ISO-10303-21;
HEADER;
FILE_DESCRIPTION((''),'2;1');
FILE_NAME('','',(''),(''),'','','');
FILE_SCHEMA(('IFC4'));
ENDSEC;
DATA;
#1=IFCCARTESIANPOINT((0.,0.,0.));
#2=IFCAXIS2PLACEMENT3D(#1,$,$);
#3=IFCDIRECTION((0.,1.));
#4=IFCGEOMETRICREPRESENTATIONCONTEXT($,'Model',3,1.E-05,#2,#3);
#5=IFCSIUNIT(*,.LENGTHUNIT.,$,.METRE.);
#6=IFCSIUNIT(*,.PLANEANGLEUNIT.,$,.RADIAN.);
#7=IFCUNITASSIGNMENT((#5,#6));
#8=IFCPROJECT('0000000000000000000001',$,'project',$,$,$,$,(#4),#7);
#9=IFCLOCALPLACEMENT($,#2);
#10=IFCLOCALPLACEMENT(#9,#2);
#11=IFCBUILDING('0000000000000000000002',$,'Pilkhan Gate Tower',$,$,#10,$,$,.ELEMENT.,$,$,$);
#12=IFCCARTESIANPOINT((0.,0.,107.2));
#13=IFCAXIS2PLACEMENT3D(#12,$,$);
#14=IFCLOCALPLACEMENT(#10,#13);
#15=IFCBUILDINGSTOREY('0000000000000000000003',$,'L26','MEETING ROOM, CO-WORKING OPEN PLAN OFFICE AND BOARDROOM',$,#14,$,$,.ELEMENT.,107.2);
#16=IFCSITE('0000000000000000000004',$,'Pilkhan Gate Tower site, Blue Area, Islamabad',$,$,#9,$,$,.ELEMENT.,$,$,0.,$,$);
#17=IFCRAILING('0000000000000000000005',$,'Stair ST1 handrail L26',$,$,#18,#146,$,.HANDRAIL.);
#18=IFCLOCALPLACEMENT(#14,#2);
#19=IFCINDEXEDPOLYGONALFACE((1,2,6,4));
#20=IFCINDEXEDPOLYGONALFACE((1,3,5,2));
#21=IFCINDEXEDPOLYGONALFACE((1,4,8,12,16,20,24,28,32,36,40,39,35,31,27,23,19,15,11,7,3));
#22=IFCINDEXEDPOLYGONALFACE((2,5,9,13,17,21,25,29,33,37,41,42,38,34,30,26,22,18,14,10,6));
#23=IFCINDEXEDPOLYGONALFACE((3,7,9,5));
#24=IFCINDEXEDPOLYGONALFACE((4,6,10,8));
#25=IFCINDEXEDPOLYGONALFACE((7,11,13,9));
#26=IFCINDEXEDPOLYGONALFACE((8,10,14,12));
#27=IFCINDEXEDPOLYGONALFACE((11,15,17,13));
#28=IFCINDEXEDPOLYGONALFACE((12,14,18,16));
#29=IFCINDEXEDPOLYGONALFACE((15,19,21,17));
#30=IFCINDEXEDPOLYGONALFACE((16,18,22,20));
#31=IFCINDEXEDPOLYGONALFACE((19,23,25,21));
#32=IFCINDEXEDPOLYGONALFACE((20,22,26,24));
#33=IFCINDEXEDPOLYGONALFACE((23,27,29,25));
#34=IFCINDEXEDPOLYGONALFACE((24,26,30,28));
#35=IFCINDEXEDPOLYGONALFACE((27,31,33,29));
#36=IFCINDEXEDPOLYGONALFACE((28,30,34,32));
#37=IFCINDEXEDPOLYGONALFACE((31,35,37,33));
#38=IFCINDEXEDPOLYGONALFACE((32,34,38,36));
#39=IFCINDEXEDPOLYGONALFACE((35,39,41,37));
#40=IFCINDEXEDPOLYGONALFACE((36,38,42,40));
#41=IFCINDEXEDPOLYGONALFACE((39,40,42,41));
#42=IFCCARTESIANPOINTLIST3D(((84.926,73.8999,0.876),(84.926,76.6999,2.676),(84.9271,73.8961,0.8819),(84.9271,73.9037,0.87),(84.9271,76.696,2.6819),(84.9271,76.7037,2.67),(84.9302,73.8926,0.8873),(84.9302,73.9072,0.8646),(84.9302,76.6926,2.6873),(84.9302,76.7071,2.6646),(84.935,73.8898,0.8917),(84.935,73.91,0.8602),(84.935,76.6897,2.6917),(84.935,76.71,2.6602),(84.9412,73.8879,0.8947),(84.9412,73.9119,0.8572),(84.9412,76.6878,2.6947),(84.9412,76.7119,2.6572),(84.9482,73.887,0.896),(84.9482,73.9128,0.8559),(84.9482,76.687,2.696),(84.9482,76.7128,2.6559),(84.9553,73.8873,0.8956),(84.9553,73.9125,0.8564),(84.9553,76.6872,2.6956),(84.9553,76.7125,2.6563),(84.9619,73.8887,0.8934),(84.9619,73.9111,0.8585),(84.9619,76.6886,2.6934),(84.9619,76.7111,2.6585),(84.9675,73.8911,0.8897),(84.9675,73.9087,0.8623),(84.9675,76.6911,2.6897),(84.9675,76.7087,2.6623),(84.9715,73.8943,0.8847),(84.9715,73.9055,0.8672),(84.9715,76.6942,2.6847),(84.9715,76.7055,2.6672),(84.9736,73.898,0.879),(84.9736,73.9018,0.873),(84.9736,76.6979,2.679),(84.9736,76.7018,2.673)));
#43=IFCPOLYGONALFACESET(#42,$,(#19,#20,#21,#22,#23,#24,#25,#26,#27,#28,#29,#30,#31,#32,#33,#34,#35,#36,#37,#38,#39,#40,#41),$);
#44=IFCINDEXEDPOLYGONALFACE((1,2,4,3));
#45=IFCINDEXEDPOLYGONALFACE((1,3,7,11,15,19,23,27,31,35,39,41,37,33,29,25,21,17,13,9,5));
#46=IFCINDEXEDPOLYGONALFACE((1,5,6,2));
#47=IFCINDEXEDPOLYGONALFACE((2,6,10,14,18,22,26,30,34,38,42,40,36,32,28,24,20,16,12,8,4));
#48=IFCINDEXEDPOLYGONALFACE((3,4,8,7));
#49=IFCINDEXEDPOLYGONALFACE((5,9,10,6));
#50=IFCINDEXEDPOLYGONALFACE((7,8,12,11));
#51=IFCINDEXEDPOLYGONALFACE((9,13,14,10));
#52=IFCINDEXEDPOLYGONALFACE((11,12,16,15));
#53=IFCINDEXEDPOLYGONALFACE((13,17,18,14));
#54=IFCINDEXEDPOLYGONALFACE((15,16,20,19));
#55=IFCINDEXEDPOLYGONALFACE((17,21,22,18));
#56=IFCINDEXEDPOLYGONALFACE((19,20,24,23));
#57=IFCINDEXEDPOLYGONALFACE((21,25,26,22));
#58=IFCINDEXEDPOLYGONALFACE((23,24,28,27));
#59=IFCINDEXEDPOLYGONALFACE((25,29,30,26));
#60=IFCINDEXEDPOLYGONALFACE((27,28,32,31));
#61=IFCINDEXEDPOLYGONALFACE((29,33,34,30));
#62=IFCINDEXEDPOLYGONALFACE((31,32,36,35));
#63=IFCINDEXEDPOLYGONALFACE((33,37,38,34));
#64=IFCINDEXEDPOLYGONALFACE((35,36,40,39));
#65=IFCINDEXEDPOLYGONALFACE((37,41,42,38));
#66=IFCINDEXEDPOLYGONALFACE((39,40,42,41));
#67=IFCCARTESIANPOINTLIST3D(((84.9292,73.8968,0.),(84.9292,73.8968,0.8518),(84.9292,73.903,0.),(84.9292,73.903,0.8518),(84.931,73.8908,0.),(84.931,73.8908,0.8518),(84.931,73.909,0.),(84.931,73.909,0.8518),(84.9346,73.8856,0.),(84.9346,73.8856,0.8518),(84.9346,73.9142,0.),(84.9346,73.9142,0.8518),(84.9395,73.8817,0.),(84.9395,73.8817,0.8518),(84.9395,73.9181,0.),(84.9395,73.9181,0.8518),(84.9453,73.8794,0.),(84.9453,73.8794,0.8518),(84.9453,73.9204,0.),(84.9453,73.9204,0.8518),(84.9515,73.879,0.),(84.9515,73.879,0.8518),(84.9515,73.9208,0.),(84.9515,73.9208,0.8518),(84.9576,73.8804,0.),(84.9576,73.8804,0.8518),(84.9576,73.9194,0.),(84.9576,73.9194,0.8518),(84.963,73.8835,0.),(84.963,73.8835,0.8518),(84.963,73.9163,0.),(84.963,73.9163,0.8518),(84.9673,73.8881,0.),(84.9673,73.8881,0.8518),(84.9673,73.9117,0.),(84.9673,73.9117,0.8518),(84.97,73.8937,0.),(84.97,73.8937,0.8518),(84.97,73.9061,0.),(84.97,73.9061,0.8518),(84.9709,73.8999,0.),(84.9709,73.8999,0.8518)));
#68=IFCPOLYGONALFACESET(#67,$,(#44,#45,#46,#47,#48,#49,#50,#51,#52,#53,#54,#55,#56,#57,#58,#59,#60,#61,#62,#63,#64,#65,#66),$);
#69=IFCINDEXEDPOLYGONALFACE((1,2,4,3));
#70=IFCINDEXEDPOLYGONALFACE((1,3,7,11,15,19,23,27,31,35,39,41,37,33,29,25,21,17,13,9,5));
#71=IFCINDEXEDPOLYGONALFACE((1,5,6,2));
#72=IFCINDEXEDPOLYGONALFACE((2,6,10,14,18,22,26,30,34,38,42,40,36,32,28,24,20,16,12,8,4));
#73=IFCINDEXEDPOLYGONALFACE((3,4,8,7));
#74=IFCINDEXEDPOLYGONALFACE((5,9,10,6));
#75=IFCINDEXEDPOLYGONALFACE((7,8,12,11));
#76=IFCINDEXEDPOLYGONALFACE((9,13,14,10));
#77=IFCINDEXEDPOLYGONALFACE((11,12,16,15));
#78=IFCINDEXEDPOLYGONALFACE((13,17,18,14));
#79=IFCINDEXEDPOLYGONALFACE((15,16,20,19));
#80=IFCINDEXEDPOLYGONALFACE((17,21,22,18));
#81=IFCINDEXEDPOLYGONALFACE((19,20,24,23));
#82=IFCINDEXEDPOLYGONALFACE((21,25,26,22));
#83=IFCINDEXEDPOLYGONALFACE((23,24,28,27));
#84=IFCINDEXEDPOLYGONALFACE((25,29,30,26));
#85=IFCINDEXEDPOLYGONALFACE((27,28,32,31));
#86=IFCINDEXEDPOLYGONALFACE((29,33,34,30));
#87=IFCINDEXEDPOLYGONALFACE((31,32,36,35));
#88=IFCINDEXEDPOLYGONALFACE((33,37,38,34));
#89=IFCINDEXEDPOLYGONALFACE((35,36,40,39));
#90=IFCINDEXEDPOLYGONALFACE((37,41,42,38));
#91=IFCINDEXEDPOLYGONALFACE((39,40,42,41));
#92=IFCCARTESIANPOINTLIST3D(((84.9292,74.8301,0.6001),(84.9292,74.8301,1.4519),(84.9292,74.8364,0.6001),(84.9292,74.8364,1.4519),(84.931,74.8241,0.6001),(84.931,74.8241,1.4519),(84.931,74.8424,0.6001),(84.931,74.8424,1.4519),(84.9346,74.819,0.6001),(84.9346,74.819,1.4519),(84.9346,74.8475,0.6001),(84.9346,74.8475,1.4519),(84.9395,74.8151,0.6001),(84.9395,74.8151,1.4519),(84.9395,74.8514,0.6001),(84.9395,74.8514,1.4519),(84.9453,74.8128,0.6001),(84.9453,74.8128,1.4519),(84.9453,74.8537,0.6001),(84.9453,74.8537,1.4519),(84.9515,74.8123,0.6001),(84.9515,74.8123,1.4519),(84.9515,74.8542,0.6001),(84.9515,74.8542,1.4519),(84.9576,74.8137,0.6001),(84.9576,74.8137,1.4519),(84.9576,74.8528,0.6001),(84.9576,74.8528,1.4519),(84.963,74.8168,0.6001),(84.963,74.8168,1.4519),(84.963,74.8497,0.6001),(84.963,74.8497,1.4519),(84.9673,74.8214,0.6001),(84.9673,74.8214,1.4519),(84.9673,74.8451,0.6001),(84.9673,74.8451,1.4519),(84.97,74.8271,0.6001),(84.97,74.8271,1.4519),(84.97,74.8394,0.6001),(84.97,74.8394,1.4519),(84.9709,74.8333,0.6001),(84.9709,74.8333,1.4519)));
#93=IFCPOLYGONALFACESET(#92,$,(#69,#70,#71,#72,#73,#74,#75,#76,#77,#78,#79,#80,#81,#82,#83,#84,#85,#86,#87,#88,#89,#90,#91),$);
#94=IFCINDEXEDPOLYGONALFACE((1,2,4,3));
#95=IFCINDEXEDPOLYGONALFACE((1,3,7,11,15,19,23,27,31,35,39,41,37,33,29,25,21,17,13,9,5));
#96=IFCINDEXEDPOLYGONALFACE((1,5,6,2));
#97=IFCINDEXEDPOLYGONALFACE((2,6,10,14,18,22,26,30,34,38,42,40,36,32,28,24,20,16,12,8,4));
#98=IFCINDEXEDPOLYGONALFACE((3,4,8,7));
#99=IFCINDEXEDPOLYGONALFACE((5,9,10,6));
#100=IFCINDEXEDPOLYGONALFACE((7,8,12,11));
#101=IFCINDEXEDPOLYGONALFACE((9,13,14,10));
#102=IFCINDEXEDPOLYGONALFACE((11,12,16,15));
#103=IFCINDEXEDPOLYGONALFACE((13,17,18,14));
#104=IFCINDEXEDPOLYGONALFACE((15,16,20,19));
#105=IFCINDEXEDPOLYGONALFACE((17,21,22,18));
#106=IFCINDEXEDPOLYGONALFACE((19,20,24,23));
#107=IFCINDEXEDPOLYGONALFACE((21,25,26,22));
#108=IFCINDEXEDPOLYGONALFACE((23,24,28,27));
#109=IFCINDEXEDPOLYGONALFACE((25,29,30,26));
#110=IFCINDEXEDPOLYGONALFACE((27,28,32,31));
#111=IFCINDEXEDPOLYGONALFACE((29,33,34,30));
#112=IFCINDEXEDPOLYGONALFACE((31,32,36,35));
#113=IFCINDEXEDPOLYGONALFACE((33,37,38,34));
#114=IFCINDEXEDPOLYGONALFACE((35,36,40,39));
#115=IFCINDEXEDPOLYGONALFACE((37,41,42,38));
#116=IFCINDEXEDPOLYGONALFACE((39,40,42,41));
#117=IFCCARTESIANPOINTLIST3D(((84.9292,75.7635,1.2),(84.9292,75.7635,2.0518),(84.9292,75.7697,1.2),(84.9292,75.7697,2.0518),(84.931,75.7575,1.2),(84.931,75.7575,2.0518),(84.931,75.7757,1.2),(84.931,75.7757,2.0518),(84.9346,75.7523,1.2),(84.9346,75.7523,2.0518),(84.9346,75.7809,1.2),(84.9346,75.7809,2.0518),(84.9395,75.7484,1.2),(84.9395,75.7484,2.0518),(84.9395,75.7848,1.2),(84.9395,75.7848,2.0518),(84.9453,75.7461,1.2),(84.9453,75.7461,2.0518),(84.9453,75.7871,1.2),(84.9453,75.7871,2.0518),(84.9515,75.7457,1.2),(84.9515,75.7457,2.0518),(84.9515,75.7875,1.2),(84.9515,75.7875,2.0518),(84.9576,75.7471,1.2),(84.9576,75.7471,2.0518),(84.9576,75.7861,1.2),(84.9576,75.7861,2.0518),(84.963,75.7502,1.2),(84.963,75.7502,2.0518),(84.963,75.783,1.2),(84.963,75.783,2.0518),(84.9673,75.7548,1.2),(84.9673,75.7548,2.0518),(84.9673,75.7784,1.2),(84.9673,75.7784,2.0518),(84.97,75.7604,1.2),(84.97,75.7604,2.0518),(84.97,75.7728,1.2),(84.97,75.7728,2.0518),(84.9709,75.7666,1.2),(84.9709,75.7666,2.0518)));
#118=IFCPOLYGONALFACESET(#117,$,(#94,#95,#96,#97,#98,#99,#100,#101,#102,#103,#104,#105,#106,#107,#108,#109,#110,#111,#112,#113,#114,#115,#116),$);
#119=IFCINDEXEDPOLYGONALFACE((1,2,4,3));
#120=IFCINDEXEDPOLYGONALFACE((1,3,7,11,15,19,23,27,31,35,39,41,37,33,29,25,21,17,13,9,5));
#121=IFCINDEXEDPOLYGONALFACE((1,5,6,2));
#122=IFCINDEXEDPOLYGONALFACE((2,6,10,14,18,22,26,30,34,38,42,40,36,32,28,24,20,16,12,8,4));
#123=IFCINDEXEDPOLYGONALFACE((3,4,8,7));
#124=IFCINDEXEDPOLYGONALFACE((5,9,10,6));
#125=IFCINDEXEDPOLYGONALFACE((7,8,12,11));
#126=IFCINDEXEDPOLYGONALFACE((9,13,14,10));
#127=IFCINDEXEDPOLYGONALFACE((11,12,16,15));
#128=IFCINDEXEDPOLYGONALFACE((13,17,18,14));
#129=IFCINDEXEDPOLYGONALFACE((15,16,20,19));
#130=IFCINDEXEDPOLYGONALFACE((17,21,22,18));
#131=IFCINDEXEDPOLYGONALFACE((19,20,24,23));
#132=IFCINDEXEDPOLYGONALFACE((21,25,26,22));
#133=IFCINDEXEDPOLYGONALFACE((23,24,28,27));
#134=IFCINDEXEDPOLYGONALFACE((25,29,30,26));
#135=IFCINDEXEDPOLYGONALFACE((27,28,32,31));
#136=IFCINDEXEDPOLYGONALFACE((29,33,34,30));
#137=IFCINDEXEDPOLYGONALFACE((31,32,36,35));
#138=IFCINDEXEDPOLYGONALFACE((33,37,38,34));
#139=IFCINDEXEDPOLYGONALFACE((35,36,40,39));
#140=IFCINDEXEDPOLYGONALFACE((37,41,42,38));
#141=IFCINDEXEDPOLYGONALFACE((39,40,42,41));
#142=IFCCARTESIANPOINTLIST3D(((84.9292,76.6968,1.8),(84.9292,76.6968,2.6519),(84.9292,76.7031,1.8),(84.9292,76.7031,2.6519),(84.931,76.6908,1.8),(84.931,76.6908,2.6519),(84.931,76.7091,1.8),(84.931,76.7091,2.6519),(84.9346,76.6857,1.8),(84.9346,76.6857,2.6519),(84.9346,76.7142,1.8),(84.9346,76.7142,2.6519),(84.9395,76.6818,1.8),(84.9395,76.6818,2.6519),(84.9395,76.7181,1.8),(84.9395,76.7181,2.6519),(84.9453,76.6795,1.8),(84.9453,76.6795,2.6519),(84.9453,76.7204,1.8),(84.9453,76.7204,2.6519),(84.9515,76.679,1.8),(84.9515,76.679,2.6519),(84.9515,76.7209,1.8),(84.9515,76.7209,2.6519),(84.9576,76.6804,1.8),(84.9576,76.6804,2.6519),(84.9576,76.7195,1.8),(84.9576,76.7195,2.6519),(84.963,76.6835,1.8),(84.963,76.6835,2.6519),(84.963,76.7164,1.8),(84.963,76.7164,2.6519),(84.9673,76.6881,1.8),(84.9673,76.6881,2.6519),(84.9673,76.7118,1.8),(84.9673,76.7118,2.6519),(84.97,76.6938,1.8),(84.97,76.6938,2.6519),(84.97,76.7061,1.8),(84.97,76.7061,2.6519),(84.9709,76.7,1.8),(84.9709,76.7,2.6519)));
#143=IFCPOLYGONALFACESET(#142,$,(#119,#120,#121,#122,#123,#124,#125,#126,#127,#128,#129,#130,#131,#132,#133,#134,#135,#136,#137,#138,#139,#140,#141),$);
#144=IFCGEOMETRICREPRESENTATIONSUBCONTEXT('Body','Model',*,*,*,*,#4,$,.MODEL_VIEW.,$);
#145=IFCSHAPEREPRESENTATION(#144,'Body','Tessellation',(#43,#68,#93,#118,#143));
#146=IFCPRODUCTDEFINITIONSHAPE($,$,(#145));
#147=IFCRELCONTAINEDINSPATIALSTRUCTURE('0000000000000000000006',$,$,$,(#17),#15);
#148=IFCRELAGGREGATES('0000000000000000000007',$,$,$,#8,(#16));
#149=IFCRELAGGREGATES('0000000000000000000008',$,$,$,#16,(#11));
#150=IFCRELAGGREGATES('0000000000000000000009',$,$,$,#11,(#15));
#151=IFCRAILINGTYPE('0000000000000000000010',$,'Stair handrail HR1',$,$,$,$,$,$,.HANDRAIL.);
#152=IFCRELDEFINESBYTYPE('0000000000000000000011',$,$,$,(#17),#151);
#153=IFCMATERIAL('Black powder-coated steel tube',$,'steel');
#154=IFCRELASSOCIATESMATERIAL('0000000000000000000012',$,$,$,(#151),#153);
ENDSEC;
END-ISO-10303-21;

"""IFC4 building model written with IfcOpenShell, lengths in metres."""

from ifc_helpers import new_model, si_unit, direction, frame, origin, origin_2d, place, context, subcontext, project, spatial, circle, extrude, material, type_object, element, save


model = new_model("IFC4")

# Units and contexts
model_context = context("Model", 3, precision=1e-05, world=origin(), true_north=direction((0.0, 1.0)))
body_context = subcontext(model_context, "Body", "Model", "MODEL_VIEW")
ifc_project = project(units=[si_unit("LENGTHUNIT", "METRE"), si_unit("PLANEANGLEUNIT", "RADIAN")], contexts=[model_context])

# Site, building, storey
site_placement = place(None, origin())
site = spatial("IfcSite", under=ifc_project, at=site_placement, Name="Pilkhan Gate Tower site, Blue Area, Islamabad", CompositionType="ELEMENT", RefElevation=0.0)
building_placement = place(site_placement, origin())
building = spatial("IfcBuilding", under=site, at=building_placement, Name="Pilkhan Gate Tower", CompositionType="ELEMENT")
storey_placement = place(building_placement, frame((0.0, 0.0, 107.2)))
storey = spatial("IfcBuildingStorey", under=building, at=storey_placement, Name="L26", Description="MEETING ROOM, CO-WORKING OPEN PLAN OFFICE AND BOARDROOM", CompositionType="ELEMENT", Elevation=107.2)

# Railing
ifc_material_1 = material(Name="Black powder-coated steel tube", Category="steel")
railing_type = type_object("IfcRailingType", Name="Stair handrail HR1", PredefinedType="HANDRAIL", material=ifc_material_1)
railing_placement = place(storey_placement, frame((84.95, 73.8999, 0.0)))
element("IfcRailing", 1, at=railing_placement, inside=storey, type_object=railing_type, Name="Stair ST1 handrail L26", PredefinedType="HANDRAIL", context=body_context, shape_type="SweptSolid", body=[
    extrude(circle(Radius=0.0239, at=origin_2d()), frame((0.0, 0.0, 0.876), z_axis=(0.0, 0.841176, 0.540761), x_axis=(-1.0, 0.0, 0.0)), (0.0, 0.0, 1.0), 3.3286),
    extrude(circle(Radius=0.021, at=origin_2d()), origin(), (0.0, 0.0, 1.0), 0.8518),
    extrude(circle(Radius=0.021, at=origin_2d()), frame((0.0, 0.9333, 0.6001)), (0.0, 0.0, 1.0), 0.8518),
    extrude(circle(Radius=0.021, at=origin_2d()), frame((0.0, 1.8667, 1.2)), (0.0, 0.0, 1.0), 0.8518),
    extrude(circle(Radius=0.021, at=origin_2d()), frame((0.0, 2.8, 1.8)), (0.0, 0.0, 1.0), 0.8518),
])

save(model, "model.ifc")
